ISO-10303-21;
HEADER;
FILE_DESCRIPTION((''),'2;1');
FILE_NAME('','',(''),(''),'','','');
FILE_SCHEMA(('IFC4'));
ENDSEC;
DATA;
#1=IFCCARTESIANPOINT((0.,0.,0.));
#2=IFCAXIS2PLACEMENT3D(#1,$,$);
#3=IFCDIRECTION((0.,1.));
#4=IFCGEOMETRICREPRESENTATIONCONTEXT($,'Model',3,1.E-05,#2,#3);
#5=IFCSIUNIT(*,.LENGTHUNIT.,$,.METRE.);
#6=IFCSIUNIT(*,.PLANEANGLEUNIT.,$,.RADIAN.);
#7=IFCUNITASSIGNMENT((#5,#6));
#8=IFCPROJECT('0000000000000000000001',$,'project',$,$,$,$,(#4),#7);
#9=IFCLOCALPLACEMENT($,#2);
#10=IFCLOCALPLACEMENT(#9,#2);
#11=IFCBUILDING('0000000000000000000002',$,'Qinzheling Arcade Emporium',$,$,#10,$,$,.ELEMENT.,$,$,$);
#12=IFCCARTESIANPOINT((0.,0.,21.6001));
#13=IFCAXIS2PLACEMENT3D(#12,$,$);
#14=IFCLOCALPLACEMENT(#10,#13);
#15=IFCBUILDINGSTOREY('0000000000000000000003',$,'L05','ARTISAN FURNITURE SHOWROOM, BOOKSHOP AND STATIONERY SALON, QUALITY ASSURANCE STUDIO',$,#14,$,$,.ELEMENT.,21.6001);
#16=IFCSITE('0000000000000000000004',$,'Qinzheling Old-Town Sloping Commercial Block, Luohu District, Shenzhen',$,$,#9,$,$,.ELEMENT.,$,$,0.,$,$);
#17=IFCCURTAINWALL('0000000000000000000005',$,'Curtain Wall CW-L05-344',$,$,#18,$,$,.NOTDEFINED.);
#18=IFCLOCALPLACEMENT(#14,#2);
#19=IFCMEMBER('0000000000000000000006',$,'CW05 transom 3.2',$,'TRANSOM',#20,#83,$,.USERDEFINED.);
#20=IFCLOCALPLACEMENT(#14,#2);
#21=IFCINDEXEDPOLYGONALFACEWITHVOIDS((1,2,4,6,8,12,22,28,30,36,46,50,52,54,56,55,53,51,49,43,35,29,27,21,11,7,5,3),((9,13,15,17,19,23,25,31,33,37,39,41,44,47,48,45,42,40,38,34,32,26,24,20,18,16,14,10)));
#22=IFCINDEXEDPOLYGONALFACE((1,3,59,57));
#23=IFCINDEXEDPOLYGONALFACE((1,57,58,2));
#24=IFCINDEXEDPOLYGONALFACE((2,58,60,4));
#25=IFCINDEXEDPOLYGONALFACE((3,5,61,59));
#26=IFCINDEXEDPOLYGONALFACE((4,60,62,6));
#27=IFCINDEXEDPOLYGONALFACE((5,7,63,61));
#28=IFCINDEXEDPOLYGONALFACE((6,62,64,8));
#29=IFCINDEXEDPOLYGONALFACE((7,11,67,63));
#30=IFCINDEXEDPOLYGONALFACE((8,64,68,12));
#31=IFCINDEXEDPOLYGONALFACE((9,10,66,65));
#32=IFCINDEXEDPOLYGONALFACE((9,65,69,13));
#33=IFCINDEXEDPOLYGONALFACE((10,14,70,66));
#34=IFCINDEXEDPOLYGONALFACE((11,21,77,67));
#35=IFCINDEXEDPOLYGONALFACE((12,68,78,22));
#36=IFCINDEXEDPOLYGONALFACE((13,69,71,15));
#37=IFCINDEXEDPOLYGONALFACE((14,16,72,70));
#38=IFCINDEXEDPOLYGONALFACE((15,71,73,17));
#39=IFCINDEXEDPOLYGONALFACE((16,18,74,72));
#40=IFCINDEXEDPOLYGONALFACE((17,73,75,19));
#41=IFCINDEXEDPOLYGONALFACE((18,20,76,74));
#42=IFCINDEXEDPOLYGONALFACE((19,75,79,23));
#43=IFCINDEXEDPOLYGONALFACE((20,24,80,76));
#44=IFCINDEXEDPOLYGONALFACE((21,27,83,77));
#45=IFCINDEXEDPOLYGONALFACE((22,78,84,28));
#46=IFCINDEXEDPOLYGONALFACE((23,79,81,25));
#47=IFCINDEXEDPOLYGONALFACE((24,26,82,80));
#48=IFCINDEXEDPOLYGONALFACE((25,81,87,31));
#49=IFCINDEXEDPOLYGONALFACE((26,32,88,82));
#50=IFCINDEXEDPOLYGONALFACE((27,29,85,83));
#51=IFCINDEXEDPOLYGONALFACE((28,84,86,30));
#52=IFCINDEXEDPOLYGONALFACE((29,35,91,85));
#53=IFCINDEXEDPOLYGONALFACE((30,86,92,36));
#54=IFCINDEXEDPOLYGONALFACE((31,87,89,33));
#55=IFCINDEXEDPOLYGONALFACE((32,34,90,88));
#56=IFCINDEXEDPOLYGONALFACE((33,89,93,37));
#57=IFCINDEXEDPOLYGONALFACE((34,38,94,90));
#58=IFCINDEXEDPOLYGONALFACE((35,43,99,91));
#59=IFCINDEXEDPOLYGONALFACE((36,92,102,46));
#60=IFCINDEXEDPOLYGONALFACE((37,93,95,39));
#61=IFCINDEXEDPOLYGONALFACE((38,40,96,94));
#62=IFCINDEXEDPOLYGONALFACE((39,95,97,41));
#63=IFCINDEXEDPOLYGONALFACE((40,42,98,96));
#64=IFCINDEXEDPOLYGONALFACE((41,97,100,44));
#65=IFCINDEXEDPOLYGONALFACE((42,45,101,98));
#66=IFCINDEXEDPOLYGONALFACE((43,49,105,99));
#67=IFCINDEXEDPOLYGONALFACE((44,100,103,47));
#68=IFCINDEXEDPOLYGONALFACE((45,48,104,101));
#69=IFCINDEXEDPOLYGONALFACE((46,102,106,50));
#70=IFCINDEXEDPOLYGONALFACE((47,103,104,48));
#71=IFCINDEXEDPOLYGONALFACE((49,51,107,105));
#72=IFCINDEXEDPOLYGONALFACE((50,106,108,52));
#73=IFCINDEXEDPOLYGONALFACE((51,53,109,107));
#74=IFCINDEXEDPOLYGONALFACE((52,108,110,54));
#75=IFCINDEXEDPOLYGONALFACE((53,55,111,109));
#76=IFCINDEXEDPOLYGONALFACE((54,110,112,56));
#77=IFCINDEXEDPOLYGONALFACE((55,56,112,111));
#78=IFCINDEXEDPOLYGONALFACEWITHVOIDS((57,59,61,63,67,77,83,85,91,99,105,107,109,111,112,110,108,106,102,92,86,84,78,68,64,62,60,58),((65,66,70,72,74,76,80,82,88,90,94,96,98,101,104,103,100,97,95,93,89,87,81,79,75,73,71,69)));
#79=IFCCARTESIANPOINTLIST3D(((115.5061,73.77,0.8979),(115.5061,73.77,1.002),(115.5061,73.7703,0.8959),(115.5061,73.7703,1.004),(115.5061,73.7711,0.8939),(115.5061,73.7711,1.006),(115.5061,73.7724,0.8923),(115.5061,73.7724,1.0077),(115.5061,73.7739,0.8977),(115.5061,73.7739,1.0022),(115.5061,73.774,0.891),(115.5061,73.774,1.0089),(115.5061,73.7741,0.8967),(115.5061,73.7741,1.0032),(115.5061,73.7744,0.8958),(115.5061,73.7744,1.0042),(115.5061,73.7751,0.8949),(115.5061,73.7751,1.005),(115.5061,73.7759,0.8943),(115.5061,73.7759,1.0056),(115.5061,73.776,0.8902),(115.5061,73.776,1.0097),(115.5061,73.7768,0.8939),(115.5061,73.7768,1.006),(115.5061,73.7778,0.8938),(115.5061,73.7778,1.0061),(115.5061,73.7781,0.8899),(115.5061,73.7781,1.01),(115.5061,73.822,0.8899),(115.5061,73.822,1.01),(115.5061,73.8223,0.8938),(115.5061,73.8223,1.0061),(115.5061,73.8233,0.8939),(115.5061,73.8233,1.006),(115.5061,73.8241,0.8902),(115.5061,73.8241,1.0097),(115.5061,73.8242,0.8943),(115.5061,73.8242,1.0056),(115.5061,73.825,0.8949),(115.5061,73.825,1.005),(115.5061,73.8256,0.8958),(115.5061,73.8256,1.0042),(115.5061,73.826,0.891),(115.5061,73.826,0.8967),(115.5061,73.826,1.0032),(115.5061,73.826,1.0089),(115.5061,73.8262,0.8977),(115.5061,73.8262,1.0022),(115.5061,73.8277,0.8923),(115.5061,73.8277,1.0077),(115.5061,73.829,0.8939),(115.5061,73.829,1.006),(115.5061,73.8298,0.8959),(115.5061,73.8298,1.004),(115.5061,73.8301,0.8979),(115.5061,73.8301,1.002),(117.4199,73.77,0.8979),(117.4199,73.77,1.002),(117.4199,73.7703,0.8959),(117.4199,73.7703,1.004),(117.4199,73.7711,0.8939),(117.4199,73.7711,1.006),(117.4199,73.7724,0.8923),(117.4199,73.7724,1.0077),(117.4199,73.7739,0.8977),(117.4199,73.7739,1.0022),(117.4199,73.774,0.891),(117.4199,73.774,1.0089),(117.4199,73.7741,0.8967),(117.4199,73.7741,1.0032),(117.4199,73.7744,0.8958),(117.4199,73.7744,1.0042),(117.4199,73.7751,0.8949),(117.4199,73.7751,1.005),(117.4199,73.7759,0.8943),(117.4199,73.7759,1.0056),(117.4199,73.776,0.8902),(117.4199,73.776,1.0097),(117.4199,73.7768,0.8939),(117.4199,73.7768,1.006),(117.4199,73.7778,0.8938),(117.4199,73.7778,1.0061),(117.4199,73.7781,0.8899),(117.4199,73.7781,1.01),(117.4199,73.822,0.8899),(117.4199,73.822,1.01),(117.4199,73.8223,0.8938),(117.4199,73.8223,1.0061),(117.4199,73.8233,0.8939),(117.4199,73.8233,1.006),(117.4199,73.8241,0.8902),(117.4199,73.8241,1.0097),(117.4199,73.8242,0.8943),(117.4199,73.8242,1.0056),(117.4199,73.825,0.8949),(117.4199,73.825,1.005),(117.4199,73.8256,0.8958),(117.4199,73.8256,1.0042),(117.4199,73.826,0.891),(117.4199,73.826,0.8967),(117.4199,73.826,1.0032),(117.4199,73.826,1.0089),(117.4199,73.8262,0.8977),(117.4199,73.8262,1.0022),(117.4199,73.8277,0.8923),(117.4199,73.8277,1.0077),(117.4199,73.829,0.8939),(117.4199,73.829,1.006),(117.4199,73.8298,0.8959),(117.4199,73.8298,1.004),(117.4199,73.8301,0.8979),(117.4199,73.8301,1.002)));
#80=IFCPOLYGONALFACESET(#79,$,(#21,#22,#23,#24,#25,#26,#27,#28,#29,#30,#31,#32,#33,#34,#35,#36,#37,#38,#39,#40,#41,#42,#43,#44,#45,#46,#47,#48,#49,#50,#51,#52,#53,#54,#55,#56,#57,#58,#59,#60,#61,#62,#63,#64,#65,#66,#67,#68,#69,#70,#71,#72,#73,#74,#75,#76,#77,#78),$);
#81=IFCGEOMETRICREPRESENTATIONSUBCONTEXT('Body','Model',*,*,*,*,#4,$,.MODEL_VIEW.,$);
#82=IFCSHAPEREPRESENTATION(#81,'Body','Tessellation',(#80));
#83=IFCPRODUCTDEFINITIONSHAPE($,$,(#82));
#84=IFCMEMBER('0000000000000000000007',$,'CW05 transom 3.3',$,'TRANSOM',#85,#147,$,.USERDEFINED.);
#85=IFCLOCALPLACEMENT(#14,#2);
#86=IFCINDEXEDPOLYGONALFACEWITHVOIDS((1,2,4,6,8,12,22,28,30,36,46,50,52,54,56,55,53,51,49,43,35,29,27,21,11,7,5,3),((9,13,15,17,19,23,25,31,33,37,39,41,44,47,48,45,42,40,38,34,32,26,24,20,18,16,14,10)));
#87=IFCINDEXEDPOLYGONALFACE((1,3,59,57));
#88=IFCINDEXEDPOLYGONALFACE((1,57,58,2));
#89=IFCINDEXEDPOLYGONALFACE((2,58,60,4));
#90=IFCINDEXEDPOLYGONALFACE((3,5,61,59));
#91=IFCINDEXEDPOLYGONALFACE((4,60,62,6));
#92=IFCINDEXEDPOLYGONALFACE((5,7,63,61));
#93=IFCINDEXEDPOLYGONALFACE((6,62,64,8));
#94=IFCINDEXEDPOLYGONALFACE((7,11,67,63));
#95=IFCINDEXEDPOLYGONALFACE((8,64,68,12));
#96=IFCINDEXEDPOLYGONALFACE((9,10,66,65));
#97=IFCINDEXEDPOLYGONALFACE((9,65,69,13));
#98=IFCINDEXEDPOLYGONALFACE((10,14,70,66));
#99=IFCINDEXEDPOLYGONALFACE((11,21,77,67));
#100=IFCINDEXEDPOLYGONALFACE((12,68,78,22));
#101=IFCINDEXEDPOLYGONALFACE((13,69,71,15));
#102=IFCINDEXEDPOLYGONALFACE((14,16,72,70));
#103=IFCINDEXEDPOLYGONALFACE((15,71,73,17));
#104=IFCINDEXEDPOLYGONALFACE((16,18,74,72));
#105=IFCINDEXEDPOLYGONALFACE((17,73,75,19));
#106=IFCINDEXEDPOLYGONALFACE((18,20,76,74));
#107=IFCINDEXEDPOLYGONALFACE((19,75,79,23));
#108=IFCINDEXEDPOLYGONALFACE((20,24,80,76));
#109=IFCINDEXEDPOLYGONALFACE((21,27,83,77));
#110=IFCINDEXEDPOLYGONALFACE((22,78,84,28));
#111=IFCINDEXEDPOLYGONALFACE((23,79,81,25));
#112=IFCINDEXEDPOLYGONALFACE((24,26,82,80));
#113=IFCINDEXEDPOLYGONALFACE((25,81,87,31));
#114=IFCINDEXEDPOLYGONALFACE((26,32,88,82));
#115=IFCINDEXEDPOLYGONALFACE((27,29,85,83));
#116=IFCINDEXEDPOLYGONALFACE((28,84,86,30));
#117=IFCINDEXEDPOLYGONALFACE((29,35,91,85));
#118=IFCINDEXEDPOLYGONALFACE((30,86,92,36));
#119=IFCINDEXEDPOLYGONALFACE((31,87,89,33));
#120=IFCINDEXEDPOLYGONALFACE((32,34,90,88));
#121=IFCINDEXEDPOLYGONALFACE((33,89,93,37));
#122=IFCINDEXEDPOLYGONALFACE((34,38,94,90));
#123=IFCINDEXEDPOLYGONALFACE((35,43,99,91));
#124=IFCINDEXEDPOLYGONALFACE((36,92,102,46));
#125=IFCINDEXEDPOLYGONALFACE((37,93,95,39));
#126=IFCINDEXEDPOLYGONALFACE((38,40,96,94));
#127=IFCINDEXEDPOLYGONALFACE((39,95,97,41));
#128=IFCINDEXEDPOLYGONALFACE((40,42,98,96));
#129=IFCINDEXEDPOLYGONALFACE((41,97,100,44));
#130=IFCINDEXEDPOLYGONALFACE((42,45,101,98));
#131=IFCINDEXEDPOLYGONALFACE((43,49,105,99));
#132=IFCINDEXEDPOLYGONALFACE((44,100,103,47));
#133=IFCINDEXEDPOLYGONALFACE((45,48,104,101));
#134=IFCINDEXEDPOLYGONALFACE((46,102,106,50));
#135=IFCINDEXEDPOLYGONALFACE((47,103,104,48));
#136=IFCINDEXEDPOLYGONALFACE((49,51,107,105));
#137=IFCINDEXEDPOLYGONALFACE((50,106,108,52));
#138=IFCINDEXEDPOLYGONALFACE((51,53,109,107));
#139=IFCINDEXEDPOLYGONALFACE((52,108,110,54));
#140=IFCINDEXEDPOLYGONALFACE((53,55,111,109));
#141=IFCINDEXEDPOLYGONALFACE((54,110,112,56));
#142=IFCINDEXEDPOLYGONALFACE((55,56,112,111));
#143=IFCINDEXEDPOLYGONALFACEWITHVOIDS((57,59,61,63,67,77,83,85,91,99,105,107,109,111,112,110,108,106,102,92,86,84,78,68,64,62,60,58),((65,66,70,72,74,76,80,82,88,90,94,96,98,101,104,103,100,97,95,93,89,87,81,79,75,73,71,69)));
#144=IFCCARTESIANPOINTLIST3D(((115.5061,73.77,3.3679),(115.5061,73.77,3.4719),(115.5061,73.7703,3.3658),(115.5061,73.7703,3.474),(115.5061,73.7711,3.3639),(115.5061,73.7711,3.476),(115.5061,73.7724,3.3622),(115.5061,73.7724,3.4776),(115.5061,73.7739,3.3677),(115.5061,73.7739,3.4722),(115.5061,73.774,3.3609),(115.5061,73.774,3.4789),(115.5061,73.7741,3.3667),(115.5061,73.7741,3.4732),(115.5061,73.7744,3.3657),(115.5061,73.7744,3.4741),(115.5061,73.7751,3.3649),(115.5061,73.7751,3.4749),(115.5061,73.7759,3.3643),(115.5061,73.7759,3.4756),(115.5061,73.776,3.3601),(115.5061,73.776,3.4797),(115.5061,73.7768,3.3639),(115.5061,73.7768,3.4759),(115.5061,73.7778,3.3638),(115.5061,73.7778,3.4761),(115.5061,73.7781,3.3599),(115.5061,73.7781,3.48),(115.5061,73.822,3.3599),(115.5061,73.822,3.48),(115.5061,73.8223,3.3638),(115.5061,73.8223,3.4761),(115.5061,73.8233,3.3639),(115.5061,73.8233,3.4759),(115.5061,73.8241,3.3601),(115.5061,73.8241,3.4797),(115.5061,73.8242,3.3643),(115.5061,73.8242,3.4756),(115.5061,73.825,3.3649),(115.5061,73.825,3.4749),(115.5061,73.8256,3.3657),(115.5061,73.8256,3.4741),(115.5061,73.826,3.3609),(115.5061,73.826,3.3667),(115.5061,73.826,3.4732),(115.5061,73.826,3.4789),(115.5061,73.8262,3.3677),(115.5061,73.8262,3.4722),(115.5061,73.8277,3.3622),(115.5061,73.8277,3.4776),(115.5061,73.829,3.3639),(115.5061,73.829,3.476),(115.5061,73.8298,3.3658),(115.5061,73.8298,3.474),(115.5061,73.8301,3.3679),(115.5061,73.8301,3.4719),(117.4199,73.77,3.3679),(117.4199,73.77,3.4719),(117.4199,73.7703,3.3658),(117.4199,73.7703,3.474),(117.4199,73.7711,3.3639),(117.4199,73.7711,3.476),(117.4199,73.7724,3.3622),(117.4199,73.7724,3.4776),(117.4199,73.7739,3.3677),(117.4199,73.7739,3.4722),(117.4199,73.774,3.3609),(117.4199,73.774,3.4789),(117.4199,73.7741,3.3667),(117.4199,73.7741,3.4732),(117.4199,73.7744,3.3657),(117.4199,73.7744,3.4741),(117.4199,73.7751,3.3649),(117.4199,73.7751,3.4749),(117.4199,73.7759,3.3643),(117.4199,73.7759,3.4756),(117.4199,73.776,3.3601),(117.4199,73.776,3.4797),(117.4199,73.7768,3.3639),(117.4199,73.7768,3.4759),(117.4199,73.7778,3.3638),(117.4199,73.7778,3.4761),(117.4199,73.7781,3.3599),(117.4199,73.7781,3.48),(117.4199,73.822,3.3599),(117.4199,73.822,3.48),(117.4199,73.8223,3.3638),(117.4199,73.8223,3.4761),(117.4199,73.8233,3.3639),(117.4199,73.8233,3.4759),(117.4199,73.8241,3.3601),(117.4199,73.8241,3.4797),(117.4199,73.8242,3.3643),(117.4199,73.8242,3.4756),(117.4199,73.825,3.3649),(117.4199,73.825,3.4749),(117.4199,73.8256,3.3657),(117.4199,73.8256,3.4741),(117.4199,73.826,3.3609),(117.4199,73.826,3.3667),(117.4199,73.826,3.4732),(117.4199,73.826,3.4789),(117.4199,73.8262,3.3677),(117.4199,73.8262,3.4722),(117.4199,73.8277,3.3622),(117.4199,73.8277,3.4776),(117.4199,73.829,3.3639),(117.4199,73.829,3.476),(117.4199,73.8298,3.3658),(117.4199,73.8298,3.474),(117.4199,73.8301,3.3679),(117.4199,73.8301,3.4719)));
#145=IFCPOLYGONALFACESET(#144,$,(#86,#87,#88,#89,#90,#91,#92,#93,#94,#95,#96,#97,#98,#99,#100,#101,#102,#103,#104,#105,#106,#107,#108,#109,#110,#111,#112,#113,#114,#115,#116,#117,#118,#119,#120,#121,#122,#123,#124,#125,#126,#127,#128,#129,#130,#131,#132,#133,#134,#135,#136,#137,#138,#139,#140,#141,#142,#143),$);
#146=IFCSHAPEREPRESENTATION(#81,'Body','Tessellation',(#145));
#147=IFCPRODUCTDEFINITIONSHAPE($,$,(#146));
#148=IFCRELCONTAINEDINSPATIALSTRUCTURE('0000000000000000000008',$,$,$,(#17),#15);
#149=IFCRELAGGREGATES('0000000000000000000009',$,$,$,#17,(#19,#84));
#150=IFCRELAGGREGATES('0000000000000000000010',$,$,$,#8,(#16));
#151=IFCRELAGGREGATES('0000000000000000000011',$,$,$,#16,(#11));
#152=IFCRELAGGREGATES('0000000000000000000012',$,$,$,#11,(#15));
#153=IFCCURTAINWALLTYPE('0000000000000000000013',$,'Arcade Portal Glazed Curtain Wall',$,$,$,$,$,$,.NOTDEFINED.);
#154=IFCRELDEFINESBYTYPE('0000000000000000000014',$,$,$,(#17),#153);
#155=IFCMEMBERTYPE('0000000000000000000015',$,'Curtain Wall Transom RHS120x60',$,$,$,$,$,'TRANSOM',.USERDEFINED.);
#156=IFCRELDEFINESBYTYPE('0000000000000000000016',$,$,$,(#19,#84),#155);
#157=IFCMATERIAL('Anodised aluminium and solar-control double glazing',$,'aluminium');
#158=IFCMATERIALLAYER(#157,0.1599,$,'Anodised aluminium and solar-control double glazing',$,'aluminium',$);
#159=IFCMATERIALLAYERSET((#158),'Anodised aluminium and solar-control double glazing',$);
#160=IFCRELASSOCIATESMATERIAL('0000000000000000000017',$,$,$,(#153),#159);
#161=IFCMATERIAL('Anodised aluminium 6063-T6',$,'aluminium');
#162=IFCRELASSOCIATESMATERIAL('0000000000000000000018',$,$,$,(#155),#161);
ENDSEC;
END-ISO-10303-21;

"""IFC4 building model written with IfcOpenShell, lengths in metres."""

from ifc_helpers import new_model, si_unit, direction, frame, origin, origin_2d, place, context, subcontext, project, spatial, hollow_rectangle, extrude, material, layer, layer_set, material_profile, profile_set, type_object, element, aggregate, save


model = new_model("IFC4")

# Units and contexts
model_context = context("Model", 3, precision=1e-05, world=origin(), true_north=direction((0.0, 1.0)))
body_context = subcontext(model_context, "Body", "Model", "MODEL_VIEW")
ifc_project = project(units=[si_unit("LENGTHUNIT", "METRE"), si_unit("PLANEANGLEUNIT", "RADIAN")], contexts=[model_context])

# Site, building, storey
site_placement = place(None, origin())
site = spatial("IfcSite", under=ifc_project, at=site_placement, Name="Qinzheling Old-Town Sloping Commercial Block, Luohu District, Shenzhen", CompositionType="ELEMENT", RefElevation=0.0)
building_placement = place(site_placement, origin())
building = spatial("IfcBuilding", under=site, at=building_placement, Name="Qinzheling Arcade Emporium", CompositionType="ELEMENT")
storey_placement = place(building_placement, frame((0.0, 0.0, 21.6001)))
storey = spatial("IfcBuildingStorey", under=building, at=storey_placement, Name="L05", Description="ARTISAN FURNITURE SHOWROOM, BOOKSHOP AND STATIONERY SALON, QUALITY ASSURANCE STUDIO", CompositionType="ELEMENT", Elevation=21.6001)

# Curtain wall, members
ifc_material_1 = material(Name="Anodised aluminium and solar-control double glazing", Category="aluminium")
ifc_layer_1 = layer(ifc_material_1, 0.1599, Name="Anodised aluminium and solar-control double glazing", Category="aluminium")
ifc_layer_set_1 = layer_set([ifc_layer_1], Name="Anodised aluminium and solar-control double glazing")
curtain_wall_type = type_object("IfcCurtainWallType", Name="Arcade Portal Glazed Curtain Wall", PredefinedType="NOTDEFINED", material=ifc_layer_set_1)
curtain_wall_placement = place(storey_placement, origin())
curtain_wall = element("IfcCurtainWall", 1, at=curtain_wall_placement, inside=storey, type_object=curtain_wall_type, Name="Curtain Wall CW-L05-344", PredefinedType="NOTDEFINED")
ifc_material_2 = material(Name="Anodised aluminium 6063-T6", Category="aluminium")
ifc_material_profile_1 = material_profile(ifc_material_2, hollow_rectangle(XDim=0.0601, YDim=0.1201, WallThickness=0.0039, InnerFilletRadius=0.0039, OuterFilletRadius=0.0081, at=origin_2d()), Name="RHS 120x60x4", Category="aluminium")
ifc_profile_set_1 = profile_set([ifc_material_profile_1], Name="Anodised aluminium 6063-T6")
member_type_1 = type_object("IfcMemberType", Name="Curtain Wall Transom RHS120x60", ElementType="TRANSOM", PredefinedType="USERDEFINED", material=ifc_profile_set_1)
member_1_placement = place(storey_placement, frame((117.4199, 73.8, 0.95), z_axis=(-1.0, 0.0, 0.0), x_axis=(0.0, -1.0, 0.0)))
member_1 = element("IfcMember", 2, at=member_1_placement, type_object=member_type_1, Name="CW05 transom 3.2", ObjectType="TRANSOM", PredefinedType="USERDEFINED", context=body_context, shape_type="SweptSolid", body=[
    extrude(hollow_rectangle(XDim=0.0601, YDim=0.1201, WallThickness=0.0039, InnerFilletRadius=0.0039, OuterFilletRadius=0.0081, at=origin_2d()), origin(), (0.0, 0.0, 1.0), 1.9138),
])
member_2_placement = place(storey_placement, frame((117.4199, 73.8, 3.4199), z_axis=(-1.0, 0.0, 0.0), x_axis=(0.0, -1.0, 0.0)))
member_2 = element("IfcMember", 3, at=member_2_placement, type_object=member_type_1, Name="CW05 transom 3.3", ObjectType="TRANSOM", PredefinedType="USERDEFINED", context=body_context, shape_type="SweptSolid", body=[
    extrude(hollow_rectangle(XDim=0.0601, YDim=0.1201, WallThickness=0.0039, InnerFilletRadius=0.0039, OuterFilletRadius=0.0081, at=origin_2d()), origin(), (0.0, 0.0, 1.0), 1.9138),
])

aggregate(curtain_wall, [member_1, member_2])

save(model, "model.ifc")
